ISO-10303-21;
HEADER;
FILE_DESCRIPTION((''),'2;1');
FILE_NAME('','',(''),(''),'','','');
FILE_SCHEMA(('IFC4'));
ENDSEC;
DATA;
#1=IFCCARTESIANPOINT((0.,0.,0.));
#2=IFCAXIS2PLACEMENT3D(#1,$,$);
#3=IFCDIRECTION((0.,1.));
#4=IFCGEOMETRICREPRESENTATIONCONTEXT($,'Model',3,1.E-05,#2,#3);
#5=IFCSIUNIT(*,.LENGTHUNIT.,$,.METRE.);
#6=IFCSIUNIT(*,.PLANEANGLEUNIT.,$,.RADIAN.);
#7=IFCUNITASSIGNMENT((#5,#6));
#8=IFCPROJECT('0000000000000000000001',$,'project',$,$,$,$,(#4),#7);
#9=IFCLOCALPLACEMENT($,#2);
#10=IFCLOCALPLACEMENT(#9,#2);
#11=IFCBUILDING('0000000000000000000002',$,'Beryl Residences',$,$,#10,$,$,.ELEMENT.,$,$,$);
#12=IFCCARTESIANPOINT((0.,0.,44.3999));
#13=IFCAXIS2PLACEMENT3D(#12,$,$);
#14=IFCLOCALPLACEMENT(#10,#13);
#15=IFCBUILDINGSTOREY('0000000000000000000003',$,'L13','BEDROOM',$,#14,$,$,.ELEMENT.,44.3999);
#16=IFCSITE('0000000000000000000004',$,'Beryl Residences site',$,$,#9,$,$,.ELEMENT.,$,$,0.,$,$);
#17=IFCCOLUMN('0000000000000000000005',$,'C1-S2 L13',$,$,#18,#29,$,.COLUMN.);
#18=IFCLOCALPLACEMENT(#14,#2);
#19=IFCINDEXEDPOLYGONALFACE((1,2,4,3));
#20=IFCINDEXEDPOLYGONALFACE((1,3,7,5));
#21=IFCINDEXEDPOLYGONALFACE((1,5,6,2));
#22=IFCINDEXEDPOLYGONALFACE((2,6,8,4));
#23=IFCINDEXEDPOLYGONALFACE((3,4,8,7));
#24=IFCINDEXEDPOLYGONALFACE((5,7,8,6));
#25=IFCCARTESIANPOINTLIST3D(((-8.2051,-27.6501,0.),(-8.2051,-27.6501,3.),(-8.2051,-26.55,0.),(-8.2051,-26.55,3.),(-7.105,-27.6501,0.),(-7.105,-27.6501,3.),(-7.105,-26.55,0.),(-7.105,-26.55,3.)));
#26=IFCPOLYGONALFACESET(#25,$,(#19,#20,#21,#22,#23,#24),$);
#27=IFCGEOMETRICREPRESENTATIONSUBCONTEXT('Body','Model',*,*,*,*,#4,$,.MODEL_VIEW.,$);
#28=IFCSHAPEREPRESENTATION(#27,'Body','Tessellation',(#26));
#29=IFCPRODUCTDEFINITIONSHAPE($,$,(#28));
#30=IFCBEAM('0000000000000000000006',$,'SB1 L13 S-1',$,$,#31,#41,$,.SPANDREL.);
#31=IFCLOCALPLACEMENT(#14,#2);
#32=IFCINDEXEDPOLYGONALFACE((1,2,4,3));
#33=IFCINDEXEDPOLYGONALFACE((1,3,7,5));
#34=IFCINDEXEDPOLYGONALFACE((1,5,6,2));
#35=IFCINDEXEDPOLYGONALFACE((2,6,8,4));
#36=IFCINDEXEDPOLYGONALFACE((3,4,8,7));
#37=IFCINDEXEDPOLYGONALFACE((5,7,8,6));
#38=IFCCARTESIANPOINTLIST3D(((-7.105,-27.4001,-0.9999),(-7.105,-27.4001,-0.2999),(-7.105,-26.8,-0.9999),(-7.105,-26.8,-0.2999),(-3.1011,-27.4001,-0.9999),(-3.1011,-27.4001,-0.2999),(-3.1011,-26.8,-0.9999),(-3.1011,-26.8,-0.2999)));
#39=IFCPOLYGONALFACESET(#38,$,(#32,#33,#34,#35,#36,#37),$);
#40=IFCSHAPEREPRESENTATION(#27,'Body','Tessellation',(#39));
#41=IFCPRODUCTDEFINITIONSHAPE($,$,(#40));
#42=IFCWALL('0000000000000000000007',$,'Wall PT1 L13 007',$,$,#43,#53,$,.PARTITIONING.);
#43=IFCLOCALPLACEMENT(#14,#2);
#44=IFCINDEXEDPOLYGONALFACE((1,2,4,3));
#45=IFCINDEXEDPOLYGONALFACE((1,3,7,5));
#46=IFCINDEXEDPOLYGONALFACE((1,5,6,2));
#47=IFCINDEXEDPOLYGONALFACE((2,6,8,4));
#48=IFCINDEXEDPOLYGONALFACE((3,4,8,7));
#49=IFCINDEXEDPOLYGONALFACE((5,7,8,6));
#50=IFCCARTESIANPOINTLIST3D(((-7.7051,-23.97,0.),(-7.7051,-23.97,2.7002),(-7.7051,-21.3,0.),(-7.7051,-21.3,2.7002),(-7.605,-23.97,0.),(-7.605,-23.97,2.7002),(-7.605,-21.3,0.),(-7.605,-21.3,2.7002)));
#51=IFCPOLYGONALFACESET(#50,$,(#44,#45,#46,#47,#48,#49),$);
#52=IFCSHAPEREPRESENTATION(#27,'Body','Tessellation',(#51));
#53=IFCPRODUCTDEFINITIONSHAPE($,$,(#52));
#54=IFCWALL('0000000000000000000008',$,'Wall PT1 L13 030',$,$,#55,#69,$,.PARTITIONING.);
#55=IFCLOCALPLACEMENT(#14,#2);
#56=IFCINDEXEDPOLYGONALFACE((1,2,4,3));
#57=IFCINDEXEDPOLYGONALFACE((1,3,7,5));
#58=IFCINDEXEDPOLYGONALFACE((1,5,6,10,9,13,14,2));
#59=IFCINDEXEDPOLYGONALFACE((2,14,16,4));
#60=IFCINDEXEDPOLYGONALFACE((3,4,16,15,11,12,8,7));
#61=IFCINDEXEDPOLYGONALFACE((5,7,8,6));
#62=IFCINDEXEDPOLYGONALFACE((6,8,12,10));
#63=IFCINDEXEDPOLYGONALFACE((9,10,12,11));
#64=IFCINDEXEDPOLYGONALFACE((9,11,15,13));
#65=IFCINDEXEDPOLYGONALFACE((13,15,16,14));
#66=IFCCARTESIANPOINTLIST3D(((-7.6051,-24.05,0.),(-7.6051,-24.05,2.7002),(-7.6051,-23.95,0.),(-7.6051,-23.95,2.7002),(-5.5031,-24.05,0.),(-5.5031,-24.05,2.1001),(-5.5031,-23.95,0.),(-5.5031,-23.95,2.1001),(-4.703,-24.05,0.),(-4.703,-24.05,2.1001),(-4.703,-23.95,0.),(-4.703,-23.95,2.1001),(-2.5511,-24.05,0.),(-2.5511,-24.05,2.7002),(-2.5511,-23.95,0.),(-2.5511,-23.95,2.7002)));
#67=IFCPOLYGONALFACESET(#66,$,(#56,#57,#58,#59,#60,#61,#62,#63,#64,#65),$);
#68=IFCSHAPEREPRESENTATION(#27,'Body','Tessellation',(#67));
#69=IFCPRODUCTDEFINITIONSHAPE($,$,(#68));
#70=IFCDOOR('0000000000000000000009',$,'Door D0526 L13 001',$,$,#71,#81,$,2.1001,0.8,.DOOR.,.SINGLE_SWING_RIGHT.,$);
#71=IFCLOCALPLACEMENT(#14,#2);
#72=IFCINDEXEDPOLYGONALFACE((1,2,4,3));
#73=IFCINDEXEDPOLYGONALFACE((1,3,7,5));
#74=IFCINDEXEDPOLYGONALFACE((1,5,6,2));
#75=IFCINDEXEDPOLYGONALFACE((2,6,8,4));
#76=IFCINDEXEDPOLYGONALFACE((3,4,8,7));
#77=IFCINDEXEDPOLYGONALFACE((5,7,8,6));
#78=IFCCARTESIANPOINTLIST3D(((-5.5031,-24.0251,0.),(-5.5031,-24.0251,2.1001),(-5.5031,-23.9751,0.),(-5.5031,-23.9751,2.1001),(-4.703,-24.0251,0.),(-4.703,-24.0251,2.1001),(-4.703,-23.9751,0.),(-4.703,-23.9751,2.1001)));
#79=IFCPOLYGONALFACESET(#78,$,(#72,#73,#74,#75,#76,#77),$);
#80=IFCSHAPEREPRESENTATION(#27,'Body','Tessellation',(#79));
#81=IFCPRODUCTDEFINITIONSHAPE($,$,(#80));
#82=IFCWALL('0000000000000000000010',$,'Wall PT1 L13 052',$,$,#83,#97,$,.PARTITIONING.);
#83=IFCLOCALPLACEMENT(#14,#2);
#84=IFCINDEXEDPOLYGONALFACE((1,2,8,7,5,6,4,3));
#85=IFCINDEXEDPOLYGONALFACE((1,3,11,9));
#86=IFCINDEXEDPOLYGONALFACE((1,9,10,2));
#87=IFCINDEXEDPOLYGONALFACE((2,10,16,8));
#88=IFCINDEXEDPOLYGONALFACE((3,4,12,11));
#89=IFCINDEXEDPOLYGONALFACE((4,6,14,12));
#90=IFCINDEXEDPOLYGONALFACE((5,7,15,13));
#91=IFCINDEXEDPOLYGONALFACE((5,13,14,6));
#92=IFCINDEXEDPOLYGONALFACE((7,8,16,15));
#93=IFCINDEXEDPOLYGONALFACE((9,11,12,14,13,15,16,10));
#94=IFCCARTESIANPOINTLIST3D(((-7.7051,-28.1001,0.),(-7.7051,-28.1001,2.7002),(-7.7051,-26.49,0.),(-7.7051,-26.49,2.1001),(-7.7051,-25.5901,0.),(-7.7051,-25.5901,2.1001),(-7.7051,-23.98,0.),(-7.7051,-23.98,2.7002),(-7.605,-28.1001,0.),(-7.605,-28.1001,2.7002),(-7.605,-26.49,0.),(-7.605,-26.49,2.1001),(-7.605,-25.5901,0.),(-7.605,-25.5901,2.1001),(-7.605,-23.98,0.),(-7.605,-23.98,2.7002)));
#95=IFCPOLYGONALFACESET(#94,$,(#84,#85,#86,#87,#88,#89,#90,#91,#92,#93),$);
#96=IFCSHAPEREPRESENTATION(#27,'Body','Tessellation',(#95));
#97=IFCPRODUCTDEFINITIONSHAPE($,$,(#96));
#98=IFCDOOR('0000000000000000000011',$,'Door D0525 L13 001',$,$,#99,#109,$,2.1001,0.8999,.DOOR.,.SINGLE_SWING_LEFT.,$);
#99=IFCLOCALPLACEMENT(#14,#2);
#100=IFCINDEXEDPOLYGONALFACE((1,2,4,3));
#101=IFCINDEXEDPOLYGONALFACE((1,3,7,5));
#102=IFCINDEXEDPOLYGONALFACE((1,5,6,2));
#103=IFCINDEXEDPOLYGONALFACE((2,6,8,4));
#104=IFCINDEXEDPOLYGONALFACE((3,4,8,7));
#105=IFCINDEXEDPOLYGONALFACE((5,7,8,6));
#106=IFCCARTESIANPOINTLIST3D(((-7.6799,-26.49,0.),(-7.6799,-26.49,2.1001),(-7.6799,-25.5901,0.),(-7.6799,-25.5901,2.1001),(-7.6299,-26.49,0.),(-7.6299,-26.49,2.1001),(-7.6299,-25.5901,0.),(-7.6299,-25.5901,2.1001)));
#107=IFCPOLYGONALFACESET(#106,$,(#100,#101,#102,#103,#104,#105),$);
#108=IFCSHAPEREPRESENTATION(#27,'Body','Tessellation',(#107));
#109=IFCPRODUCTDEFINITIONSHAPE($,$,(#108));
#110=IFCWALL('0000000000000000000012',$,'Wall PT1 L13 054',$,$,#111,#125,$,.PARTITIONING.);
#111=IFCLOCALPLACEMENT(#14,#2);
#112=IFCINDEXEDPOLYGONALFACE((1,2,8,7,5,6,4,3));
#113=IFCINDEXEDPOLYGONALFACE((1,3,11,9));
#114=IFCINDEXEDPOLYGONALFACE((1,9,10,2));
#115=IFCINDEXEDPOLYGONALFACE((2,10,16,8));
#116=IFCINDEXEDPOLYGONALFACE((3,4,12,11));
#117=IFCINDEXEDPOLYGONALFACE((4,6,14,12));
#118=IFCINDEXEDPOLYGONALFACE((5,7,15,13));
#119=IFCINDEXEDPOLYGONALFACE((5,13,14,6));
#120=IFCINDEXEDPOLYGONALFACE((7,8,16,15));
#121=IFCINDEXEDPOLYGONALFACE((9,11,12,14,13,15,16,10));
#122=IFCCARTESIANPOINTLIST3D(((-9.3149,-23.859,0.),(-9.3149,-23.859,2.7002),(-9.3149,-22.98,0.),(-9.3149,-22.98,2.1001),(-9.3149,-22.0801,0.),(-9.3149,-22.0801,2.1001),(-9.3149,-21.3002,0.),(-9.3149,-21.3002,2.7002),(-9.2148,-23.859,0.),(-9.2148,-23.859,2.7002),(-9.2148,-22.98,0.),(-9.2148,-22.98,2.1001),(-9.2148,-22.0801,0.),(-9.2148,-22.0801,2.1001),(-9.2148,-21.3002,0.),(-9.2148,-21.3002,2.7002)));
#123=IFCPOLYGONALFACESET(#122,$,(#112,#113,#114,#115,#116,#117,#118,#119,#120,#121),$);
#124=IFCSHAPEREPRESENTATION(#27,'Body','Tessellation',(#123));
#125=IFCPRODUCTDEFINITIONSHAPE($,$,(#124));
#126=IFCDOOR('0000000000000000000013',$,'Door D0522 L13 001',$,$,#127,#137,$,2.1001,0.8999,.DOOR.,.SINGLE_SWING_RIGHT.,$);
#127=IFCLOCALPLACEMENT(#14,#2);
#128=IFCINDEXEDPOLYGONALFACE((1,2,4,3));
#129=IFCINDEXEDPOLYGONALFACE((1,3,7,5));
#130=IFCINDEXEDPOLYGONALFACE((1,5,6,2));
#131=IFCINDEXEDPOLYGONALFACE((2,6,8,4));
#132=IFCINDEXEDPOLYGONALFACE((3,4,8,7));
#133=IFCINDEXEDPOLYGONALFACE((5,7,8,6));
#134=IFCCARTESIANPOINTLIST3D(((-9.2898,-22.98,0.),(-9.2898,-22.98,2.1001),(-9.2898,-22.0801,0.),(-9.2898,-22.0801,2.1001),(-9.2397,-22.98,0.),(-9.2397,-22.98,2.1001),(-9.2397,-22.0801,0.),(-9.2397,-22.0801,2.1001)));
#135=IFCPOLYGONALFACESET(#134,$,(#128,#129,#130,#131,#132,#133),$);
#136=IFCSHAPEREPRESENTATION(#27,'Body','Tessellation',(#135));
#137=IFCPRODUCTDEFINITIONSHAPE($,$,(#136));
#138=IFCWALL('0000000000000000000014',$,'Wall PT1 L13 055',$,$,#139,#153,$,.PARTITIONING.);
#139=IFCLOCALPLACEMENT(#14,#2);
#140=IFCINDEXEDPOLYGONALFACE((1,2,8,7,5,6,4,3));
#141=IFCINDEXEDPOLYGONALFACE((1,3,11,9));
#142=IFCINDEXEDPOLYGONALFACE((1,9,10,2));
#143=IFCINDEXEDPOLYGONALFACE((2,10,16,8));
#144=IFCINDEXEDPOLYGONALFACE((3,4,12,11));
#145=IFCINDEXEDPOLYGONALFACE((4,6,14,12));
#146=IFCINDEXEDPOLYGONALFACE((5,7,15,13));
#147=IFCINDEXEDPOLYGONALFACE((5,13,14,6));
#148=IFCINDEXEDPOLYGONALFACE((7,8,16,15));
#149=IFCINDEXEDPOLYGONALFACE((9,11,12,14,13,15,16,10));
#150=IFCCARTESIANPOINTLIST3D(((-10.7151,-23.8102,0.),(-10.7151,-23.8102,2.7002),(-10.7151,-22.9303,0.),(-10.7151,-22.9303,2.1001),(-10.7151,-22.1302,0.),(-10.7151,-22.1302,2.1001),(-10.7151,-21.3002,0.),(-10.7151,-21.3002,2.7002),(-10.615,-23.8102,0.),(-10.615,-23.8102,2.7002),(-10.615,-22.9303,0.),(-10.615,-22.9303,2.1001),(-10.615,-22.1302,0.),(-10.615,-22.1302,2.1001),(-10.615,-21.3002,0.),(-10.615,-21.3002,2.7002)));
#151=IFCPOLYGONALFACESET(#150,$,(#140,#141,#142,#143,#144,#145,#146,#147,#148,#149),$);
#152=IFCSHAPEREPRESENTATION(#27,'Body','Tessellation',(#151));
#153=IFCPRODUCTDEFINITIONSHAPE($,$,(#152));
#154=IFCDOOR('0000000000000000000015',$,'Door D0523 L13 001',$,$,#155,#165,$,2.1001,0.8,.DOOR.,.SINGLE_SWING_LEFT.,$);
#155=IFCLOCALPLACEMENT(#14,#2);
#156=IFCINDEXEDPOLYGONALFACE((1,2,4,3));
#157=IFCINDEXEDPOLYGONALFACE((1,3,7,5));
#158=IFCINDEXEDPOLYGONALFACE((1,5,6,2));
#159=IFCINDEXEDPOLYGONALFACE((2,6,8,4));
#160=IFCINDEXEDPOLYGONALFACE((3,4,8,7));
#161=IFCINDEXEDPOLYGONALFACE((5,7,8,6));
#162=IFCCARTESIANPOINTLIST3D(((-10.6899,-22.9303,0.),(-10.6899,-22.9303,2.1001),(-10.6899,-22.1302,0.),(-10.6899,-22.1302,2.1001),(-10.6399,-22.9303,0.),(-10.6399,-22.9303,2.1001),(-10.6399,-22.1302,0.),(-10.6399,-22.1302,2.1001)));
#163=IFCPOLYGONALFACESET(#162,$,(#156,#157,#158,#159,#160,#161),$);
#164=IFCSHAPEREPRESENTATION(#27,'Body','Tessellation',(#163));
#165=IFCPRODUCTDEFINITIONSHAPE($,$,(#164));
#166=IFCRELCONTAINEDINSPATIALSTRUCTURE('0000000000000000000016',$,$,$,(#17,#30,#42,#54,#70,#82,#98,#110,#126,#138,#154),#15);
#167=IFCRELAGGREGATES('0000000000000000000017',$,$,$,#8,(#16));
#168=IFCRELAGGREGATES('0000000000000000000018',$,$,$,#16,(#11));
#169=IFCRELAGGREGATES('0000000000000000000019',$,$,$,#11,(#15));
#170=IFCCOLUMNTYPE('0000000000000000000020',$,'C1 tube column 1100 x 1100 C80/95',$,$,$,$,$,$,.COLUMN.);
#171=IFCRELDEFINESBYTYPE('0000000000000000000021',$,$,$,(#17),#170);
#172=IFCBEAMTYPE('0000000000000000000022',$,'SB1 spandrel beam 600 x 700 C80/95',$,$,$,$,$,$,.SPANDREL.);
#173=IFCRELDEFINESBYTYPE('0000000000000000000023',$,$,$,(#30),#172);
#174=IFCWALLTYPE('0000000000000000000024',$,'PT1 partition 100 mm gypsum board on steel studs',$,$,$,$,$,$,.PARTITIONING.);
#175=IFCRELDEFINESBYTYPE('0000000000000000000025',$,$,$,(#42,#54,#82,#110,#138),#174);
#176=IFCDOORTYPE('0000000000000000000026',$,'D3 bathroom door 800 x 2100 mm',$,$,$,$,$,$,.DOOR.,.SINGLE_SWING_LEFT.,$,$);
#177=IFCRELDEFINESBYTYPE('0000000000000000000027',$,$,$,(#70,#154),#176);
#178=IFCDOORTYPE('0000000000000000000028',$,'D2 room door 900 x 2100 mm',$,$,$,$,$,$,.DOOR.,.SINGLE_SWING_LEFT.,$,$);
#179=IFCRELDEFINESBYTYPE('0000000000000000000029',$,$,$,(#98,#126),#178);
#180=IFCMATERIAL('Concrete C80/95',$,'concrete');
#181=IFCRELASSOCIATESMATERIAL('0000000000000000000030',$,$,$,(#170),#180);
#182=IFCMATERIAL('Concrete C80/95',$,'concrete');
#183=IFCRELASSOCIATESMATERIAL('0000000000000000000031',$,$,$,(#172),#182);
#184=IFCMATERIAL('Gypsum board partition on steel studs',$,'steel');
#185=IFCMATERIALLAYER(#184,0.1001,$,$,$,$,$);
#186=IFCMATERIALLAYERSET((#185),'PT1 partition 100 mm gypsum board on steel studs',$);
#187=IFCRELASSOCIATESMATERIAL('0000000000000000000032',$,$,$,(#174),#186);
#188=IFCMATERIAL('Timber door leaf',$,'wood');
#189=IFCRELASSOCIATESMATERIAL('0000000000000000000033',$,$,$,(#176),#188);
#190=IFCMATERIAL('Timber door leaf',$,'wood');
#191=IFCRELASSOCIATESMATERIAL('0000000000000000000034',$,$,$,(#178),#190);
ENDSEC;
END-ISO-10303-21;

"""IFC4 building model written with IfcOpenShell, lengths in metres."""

from ifc_helpers import new_model, si_unit, direction, frame, frame_2d, origin, origin_2d, place, context, subcontext, project, spatial, rectangle, extrude, material, layer, layer_set, material_profile, profile_set, type_object, element, fill, save


model = new_model("IFC4")

# Units and contexts
model_context = context("Model", 3, precision=1e-05, world=origin(), true_north=direction((0.0, 1.0)))
body_context = subcontext(model_context, "Body", "Model", "MODEL_VIEW")
ifc_project = project(units=[si_unit("LENGTHUNIT", "METRE"), si_unit("PLANEANGLEUNIT", "RADIAN")], contexts=[model_context])

# Site, building, storey
site_placement = place(None, origin())
site = spatial("IfcSite", under=ifc_project, at=site_placement, Name="Beryl Residences site", CompositionType="ELEMENT", RefElevation=0.0)
building_placement = place(site_placement, origin())
building = spatial("IfcBuilding", under=site, at=building_placement, Name="Beryl Residences", CompositionType="ELEMENT")
storey_placement = place(building_placement, frame((0.0, 0.0, 44.3999)))
storey = spatial("IfcBuildingStorey", under=building, at=storey_placement, Name="L13", Description="BEDROOM", CompositionType="ELEMENT", Elevation=44.3999)

# Column
ifc_material_1 = material(Name="Concrete C80/95", Category="concrete")
ifc_material_profile_1 = material_profile(ifc_material_1, rectangle(XDim=1.1001, YDim=1.1001, at=origin_2d()))
ifc_profile_set_1 = profile_set([ifc_material_profile_1], Name="Concrete C80/95")
column_type = type_object("IfcColumnType", Name="C1 tube column 1100 x 1100 C80/95", PredefinedType="COLUMN", material=ifc_profile_set_1)
column_placement = place(storey_placement, frame((-7.655, -27.1001, 0.0), z_axis=(0.0, 0.0, 1.0), x_axis=(1.0, 0.0, 0.0)))
element("IfcColumn", 1, at=column_placement, inside=storey, type_object=column_type, Name="C1-S2 L13", PredefinedType="COLUMN", context=body_context, shape_type="SweptSolid", body=[
    extrude(rectangle(XDim=1.1001, YDim=1.1001, at=origin_2d()), origin(), (0.0, 0.0, 1.0), 3.0),
])

# Beam
ifc_material_2 = material(Name="Concrete C80/95", Category="concrete")
ifc_material_profile_2 = material_profile(ifc_material_2, rectangle(XDim=0.6001, YDim=0.7, at=origin_2d()))
ifc_profile_set_2 = profile_set([ifc_material_profile_2], Name="Concrete C80/95")
beam_type = type_object("IfcBeamType", Name="SB1 spandrel beam 600 x 700 C80/95", PredefinedType="SPANDREL", material=ifc_profile_set_2)
beam_placement = place(storey_placement, frame((-7.105, -27.1001, -0.6499), z_axis=(1.0, 0.0, 0.0), x_axis=(0.0, 1.0, 0.0)))
element("IfcBeam", 2, at=beam_placement, inside=storey, type_object=beam_type, Name="SB1 L13 S-1", PredefinedType="SPANDREL", context=body_context, shape_type="SweptSolid", body=[
    extrude(rectangle(XDim=0.6001, YDim=0.7, at=origin_2d()), origin(), (0.0, 0.0, 1.0), 4.0039),
])

# Wall
ifc_material_3 = material(Name="Gypsum board partition on steel studs", Category="steel")
ifc_layer_1 = layer(ifc_material_3, 0.1001)
ifc_layer_set_1 = layer_set([ifc_layer_1], Name="PT1 partition 100 mm gypsum board on steel studs")
wall_type_1 = type_object("IfcWallType", Name="PT1 partition 100 mm gypsum board on steel studs", PredefinedType="PARTITIONING", material=ifc_layer_set_1)
wall_1_placement = place(storey_placement, frame((-7.655, -21.3, 0.0), z_axis=(0.0, 0.0, 1.0), x_axis=(0.0, -1.0, 0.0)))
element("IfcWall", 3, at=wall_1_placement, inside=storey, type_object=wall_type_1, Name="Wall PT1 L13 007", PredefinedType="PARTITIONING", context=body_context, shape_type="SweptSolid", body=[
    extrude(rectangle(XDim=2.6699, YDim=0.1001, at=frame_2d((1.335, 0.0))), origin(), (0.0, 0.0, 1.0), 2.7002),
])

# Walls, openings, doors
wall_2_placement = place(storey_placement, frame((-7.605, -24.0, 0.0), z_axis=(0.0, 0.0, 1.0), x_axis=(1.0, 0.0, 0.0)))
wall_2 = element("IfcWall", 4, at=wall_2_placement, inside=storey, type_object=wall_type_1, Name="Wall PT1 L13 030", PredefinedType="PARTITIONING", context=body_context, shape_type="SweptSolid", body=[
    extrude(rectangle(XDim=5.054, YDim=0.1001, at=frame_2d((2.5269, 0.0))), origin(), (0.0, 0.0, 1.0), 2.7002),
])
opening_1_placement = place(wall_2_placement, frame((2.1021, 0.0, 0.0)))
opening_1 = element("IfcOpeningElement", 5, at=opening_1_placement, cuts=wall_2, PredefinedType="OPENING", context=body_context, shape_type="SweptSolid", body=[
    extrude(rectangle(XDim=0.8, YDim=2.1001, at=frame_2d((0.3999, 1.05))), frame((0.0, 0.0601, 0.0), z_axis=(0.0, -1.0, 0.0), x_axis=(1.0, 0.0, 0.0)), (0.0, 0.0, 1.0), 0.1201),
])
ifc_material_4 = material(Name="Timber door leaf", Category="wood")
door_type_1 = type_object("IfcDoorType", Name="D3 bathroom door 800 x 2100 mm", OperationType="SINGLE_SWING_LEFT", PredefinedType="DOOR", material=ifc_material_4)
door_1_placement = place(opening_1_placement, origin())
door_1 = element("IfcDoor", 6, at=door_1_placement, inside=storey, type_object=door_type_1, Name="Door D0526 L13 001", OperationType="SINGLE_SWING_RIGHT", OverallHeight=2.1001, OverallWidth=0.8, PredefinedType="DOOR", context=body_context, shape_type="SweptSolid", body=[
    extrude(rectangle(XDim=0.8, YDim=2.1001, at=frame_2d((0.3999, 1.05))), frame((0.0, 0.0249, 0.0), z_axis=(0.0, -1.0, 0.0), x_axis=(1.0, 0.0, 0.0)), (0.0, 0.0, 1.0), 0.05),
])
fill(opening_1, door_1)
wall_3_placement = place(storey_placement, frame((-7.655, -28.1001, 0.0), z_axis=(0.0, 0.0, 1.0), x_axis=(0.0, 1.0, 0.0)))
wall_3 = element("IfcWall", 7, at=wall_3_placement, inside=storey, type_object=wall_type_1, Name="Wall PT1 L13 052", PredefinedType="PARTITIONING", context=body_context, shape_type="SweptSolid", body=[
    extrude(rectangle(XDim=4.1201, YDim=0.1001, at=frame_2d((2.0601, 0.0))), origin(), (0.0, 0.0, 1.0), 2.7002),
])
opening_2_placement = place(wall_3_placement, frame((1.6101, 0.0, 0.0)))
opening_2 = element("IfcOpeningElement", 8, at=opening_2_placement, cuts=wall_3, PredefinedType="OPENING", context=body_context, shape_type="SweptSolid", body=[
    extrude(rectangle(XDim=0.8999, YDim=2.1001, at=frame_2d((0.45, 1.05))), frame((0.0, 0.0601, 0.0), z_axis=(0.0, -1.0, 0.0), x_axis=(1.0, 0.0, 0.0)), (0.0, 0.0, 1.0), 0.1201),
])
ifc_material_5 = material(Name="Timber door leaf", Category="wood")
door_type_2 = type_object("IfcDoorType", Name="D2 room door 900 x 2100 mm", OperationType="SINGLE_SWING_LEFT", PredefinedType="DOOR", material=ifc_material_5)
door_2_placement = place(opening_2_placement, origin())
door_2 = element("IfcDoor", 9, at=door_2_placement, inside=storey, type_object=door_type_2, Name="Door D0525 L13 001", OperationType="SINGLE_SWING_LEFT", OverallHeight=2.1001, OverallWidth=0.8999, PredefinedType="DOOR", context=body_context, shape_type="SweptSolid", body=[
    extrude(rectangle(XDim=0.8999, YDim=2.1001, at=frame_2d((0.45, 1.05))), frame((0.0, 0.0249, 0.0), z_axis=(0.0, -1.0, 0.0), x_axis=(1.0, 0.0, 0.0)), (0.0, 0.0, 1.0), 0.05),
])
fill(opening_2, door_2)
wall_4_placement = place(storey_placement, frame((-9.2649, -23.8589, 0.0), z_axis=(0.0, 0.0, 1.0), x_axis=(0.0, 1.0, 0.0)))
wall_4 = element("IfcWall", 10, at=wall_4_placement, inside=storey, type_object=wall_type_1, Name="Wall PT1 L13 054", PredefinedType="PARTITIONING", context=body_context, shape_type="SweptSolid", body=[
    extrude(rectangle(XDim=2.5588, YDim=0.1001, at=frame_2d((1.2793, 0.0))), origin(), (0.0, 0.0, 1.0), 2.7002),
])
opening_3_placement = place(wall_4_placement, frame((0.8789, 0.0, 0.0)))
opening_3 = element("IfcOpeningElement", 11, at=opening_3_placement, cuts=wall_4, PredefinedType="OPENING", context=body_context, shape_type="SweptSolid", body=[
    extrude(rectangle(XDim=0.8999, YDim=2.1001, at=frame_2d((0.45, 1.05))), frame((0.0, 0.0601, 0.0), z_axis=(0.0, -1.0, 0.0), x_axis=(1.0, 0.0, 0.0)), (0.0, 0.0, 1.0), 0.1201),
])
door_3_placement = place(opening_3_placement, origin())
door_3 = element("IfcDoor", 12, at=door_3_placement, inside=storey, type_object=door_type_2, Name="Door D0522 L13 001", OperationType="SINGLE_SWING_RIGHT", OverallHeight=2.1001, OverallWidth=0.8999, PredefinedType="DOOR", context=body_context, shape_type="SweptSolid", body=[
    extrude(rectangle(XDim=0.8999, YDim=2.1001, at=frame_2d((0.45, 1.05))), frame((0.0, 0.0249, 0.0), z_axis=(0.0, -1.0, 0.0), x_axis=(1.0, 0.0, 0.0)), (0.0, 0.0, 1.0), 0.05),
])
fill(opening_3, door_3)
wall_5_placement = place(storey_placement, frame((-10.665, -23.8101, 0.0), z_axis=(0.0, 0.0, 1.0), x_axis=(0.0, 1.0, 0.0)))
wall_5 = element("IfcWall", 13, at=wall_5_placement, inside=storey, type_object=wall_type_1, Name="Wall PT1 L13 055", PredefinedType="PARTITIONING", context=body_context, shape_type="SweptSolid", body=[
    extrude(rectangle(XDim=2.51, YDim=0.1001, at=frame_2d((1.2549, 0.0))), origin(), (0.0, 0.0, 1.0), 2.7002),
])
opening_4_placement = place(wall_5_placement, frame((0.8799, 0.0, 0.0)))
opening_4 = element("IfcOpeningElement", 14, at=opening_4_placement, cuts=wall_5, PredefinedType="OPENING", context=body_context, shape_type="SweptSolid", body=[
    extrude(rectangle(XDim=0.8, YDim=2.1001, at=frame_2d((0.3999, 1.05))), frame((0.0, 0.0601, 0.0), z_axis=(0.0, -1.0, 0.0), x_axis=(1.0, 0.0, 0.0)), (0.0, 0.0, 1.0), 0.1201),
])
door_4_placement = place(opening_4_placement, origin())
door_4 = element("IfcDoor", 15, at=door_4_placement, inside=storey, type_object=door_type_1, Name="Door D0523 L13 001", OperationType="SINGLE_SWING_LEFT", OverallHeight=2.1001, OverallWidth=0.8, PredefinedType="DOOR", context=body_context, shape_type="SweptSolid", body=[
    extrude(rectangle(XDim=0.8, YDim=2.1001, at=frame_2d((0.3999, 1.05))), frame((0.0, 0.0249, 0.0), z_axis=(0.0, -1.0, 0.0), x_axis=(1.0, 0.0, 0.0)), (0.0, 0.0, 1.0), 0.05),
])
fill(opening_4, door_4)

save(model, "model.ifc")
